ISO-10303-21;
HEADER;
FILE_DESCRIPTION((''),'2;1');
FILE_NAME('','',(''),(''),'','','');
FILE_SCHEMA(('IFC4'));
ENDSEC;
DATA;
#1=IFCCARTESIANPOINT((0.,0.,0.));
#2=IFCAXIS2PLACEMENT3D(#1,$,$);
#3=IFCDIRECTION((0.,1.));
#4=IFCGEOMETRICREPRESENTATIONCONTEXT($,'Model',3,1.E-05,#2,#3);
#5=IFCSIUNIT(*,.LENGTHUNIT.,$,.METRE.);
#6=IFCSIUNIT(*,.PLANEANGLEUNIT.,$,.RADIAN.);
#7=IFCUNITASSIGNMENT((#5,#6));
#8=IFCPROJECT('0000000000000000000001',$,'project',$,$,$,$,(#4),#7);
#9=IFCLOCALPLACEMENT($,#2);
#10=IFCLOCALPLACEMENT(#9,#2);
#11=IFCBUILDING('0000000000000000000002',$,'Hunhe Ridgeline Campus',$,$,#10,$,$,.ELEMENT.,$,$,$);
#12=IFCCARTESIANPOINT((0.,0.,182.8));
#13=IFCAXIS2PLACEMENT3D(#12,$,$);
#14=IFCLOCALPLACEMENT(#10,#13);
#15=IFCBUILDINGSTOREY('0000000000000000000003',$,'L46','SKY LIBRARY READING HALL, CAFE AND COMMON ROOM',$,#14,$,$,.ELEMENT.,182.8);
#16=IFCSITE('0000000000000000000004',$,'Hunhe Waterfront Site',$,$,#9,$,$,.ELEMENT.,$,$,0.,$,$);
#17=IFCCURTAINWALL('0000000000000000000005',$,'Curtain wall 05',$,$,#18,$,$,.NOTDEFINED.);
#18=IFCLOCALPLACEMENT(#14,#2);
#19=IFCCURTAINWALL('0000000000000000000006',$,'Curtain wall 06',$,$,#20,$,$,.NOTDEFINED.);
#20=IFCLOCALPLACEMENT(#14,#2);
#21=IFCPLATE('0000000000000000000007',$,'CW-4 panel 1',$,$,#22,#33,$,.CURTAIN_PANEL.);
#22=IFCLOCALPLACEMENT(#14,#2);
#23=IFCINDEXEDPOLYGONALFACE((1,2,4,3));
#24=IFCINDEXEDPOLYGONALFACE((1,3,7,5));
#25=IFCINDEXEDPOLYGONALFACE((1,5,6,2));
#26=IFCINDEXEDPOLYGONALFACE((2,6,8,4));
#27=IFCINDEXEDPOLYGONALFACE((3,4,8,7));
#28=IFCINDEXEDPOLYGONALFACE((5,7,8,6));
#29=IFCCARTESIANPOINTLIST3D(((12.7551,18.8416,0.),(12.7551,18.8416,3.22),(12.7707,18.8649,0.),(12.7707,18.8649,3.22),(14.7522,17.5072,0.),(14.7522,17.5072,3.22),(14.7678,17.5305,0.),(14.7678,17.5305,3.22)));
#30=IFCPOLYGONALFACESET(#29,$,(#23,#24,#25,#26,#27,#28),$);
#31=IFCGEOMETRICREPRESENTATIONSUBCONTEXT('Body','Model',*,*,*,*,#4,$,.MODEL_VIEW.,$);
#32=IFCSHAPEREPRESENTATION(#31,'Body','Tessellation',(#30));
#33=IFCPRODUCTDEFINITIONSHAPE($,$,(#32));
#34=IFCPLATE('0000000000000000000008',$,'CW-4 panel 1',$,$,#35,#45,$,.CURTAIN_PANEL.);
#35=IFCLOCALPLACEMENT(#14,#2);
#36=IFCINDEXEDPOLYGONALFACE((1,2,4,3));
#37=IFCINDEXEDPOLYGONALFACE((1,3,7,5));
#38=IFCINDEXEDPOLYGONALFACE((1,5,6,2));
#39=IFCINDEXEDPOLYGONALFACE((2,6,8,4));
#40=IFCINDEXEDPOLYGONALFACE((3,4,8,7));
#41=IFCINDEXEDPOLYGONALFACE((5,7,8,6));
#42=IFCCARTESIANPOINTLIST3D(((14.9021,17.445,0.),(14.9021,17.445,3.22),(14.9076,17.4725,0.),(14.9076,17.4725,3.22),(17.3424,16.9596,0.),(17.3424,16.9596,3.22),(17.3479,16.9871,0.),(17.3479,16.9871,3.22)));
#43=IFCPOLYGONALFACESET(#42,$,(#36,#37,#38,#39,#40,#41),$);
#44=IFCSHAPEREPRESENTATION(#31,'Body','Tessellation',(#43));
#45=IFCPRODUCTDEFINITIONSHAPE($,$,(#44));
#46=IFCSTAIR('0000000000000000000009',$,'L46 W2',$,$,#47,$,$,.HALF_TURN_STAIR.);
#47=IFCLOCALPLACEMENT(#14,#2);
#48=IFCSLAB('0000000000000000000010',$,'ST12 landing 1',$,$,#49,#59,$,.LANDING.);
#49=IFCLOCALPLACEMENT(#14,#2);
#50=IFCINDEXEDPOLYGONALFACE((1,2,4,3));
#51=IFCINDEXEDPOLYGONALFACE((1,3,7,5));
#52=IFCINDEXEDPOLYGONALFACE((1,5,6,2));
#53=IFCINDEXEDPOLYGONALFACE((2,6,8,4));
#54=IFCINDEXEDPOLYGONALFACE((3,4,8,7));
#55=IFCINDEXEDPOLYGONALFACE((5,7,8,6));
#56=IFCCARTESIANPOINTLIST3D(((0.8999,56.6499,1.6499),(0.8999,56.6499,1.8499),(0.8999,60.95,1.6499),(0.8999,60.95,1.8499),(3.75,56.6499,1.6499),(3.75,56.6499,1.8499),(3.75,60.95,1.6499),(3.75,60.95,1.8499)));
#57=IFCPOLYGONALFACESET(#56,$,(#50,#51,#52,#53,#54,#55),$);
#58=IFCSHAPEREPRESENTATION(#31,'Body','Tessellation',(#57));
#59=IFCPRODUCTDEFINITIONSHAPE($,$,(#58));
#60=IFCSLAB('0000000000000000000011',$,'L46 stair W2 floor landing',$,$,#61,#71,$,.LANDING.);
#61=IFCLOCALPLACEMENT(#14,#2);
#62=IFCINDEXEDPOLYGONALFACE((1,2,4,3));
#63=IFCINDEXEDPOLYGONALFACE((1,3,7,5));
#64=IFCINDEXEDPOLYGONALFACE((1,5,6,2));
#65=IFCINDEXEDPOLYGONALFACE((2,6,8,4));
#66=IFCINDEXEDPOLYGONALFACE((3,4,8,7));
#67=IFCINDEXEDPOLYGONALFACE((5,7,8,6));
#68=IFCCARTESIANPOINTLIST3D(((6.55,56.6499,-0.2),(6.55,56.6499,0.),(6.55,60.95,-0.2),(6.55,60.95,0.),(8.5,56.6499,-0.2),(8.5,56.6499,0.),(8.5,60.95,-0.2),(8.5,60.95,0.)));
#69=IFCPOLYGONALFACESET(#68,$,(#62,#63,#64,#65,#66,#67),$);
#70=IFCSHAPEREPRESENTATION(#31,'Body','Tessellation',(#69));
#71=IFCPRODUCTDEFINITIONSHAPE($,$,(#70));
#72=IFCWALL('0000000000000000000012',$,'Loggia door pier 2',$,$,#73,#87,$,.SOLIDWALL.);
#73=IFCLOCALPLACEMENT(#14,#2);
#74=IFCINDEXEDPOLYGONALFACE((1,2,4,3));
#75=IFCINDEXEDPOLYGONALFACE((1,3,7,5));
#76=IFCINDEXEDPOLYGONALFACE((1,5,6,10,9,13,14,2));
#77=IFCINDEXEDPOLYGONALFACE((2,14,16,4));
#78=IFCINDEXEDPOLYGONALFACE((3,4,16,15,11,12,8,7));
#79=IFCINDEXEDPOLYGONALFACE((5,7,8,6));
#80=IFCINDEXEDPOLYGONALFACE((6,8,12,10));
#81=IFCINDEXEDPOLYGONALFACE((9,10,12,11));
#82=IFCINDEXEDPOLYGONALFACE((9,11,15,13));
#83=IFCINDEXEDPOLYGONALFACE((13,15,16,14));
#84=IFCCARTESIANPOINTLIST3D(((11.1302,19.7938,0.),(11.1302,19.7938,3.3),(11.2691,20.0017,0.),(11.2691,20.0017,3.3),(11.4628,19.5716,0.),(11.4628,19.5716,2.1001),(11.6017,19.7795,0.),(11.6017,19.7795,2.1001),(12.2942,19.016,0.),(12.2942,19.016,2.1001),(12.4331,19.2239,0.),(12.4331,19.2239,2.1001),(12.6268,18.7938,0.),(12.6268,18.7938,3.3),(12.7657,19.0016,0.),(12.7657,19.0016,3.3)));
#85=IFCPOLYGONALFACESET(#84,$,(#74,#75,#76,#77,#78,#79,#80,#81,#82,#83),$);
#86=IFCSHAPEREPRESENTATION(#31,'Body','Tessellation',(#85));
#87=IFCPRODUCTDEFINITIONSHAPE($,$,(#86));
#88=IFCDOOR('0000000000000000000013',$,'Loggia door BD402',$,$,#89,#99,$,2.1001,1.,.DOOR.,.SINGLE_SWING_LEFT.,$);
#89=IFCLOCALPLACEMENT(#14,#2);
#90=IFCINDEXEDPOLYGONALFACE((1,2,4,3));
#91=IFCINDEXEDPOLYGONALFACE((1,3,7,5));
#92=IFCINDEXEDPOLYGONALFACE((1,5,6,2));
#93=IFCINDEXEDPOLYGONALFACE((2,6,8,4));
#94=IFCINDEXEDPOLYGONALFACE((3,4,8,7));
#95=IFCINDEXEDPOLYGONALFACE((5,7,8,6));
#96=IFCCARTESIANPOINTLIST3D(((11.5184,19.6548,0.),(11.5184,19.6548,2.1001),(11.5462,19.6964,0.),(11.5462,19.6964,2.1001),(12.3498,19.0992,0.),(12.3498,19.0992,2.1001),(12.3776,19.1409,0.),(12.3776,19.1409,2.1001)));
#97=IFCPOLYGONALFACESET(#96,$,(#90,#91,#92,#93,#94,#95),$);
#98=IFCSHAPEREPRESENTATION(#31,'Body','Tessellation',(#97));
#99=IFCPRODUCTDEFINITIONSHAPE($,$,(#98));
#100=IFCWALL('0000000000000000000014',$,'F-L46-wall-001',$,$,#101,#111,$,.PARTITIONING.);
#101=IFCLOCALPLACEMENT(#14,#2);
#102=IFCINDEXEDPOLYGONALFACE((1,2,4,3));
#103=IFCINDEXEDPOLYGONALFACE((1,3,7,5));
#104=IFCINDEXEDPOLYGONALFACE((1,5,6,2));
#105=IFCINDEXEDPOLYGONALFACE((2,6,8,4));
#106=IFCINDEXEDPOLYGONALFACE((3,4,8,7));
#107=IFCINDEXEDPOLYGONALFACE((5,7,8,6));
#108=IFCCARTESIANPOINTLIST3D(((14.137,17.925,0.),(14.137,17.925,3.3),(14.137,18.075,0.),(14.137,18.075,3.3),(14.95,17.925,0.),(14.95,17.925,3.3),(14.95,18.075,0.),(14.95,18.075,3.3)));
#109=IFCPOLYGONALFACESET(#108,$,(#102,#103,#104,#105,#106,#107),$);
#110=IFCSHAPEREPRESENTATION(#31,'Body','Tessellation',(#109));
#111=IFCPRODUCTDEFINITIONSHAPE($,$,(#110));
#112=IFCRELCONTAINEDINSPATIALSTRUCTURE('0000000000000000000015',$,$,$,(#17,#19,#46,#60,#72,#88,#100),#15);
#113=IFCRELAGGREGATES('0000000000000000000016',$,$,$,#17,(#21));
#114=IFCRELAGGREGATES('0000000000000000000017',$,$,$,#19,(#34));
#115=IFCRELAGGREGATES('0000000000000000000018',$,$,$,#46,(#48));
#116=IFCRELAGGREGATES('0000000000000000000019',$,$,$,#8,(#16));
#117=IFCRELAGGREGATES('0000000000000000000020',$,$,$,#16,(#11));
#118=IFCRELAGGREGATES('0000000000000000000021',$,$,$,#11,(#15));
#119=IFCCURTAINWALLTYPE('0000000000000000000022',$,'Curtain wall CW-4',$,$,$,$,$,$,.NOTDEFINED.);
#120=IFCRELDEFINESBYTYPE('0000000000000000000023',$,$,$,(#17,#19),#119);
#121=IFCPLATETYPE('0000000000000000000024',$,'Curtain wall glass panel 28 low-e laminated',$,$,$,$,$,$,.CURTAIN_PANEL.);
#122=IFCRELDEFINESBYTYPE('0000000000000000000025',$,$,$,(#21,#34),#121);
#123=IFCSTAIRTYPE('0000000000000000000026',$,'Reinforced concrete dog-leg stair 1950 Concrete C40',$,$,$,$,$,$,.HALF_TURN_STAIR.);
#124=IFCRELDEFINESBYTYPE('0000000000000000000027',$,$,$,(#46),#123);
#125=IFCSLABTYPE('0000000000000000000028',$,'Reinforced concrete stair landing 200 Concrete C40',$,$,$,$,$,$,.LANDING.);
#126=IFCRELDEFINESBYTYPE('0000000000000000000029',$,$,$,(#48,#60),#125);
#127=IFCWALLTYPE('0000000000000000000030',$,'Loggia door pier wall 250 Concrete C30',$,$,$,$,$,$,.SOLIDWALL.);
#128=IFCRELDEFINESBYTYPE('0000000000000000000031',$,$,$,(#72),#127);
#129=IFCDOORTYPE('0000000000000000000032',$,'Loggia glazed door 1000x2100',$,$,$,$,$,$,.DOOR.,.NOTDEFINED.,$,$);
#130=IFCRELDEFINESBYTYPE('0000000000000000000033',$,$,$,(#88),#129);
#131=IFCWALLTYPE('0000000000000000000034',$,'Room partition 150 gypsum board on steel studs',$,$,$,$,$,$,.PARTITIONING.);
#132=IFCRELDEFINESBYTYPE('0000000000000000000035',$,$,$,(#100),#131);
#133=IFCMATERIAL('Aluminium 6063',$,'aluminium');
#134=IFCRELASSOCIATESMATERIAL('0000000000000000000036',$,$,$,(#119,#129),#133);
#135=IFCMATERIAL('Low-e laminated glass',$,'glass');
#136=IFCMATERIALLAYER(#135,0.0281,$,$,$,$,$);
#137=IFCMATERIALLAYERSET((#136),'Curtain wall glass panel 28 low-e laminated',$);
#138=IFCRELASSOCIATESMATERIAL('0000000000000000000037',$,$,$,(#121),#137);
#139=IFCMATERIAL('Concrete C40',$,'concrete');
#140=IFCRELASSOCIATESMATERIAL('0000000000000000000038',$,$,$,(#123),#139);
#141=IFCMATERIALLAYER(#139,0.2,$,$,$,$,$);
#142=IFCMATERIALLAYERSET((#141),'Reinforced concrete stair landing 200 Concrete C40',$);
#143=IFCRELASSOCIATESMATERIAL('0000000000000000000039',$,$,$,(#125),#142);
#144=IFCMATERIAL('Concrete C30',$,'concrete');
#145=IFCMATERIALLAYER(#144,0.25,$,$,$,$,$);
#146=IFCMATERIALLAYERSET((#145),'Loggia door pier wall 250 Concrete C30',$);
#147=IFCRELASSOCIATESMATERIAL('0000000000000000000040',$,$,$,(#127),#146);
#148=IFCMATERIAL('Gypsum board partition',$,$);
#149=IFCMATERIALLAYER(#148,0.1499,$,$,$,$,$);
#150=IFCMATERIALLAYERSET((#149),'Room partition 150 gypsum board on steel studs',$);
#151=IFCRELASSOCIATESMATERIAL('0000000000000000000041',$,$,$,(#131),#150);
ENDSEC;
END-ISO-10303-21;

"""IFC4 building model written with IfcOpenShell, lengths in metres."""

from ifc_helpers import new_model, si_unit, direction, frame, frame_2d, origin, origin_2d, place, context, subcontext, project, spatial, polyline, rectangle, outline, extrude, material, layer, layer_set, type_object, element, fill, aggregate, save


model = new_model("IFC4")

# Units and contexts
model_context = context("Model", 3, precision=1e-05, world=origin(), true_north=direction((0.0, 1.0)))
body_context = subcontext(model_context, "Body", "Model", "MODEL_VIEW")
ifc_project = project(units=[si_unit("LENGTHUNIT", "METRE"), si_unit("PLANEANGLEUNIT", "RADIAN")], contexts=[model_context])

# Site, building, storey
site_placement = place(None, origin())
site = spatial("IfcSite", under=ifc_project, at=site_placement, Name="Hunhe Waterfront Site", CompositionType="ELEMENT", RefElevation=0.0)
building_placement = place(site_placement, origin())
building = spatial("IfcBuilding", under=site, at=building_placement, Name="Hunhe Ridgeline Campus", CompositionType="ELEMENT")
storey_placement = place(building_placement, frame((0.0, 0.0, 182.8)))
storey = spatial("IfcBuildingStorey", under=building, at=storey_placement, Name="L46", Description="SKY LIBRARY READING HALL, CAFE AND COMMON ROOM", CompositionType="ELEMENT", Elevation=182.8)

# Shared definitions
ifc_material_1 = material(Name="Aluminium 6063", Category="aluminium")
curtain_wall_type = type_object("IfcCurtainWallType", Name="Curtain wall CW-4", PredefinedType="NOTDEFINED", material=ifc_material_1)

# Curtain walls
curtain_wall_1_placement = place(storey_placement, origin())
curtain_wall_1 = element("IfcCurtainWall", 1, at=curtain_wall_1_placement, inside=storey, type_object=curtain_wall_type, Name="Curtain wall 05", PredefinedType="NOTDEFINED")
curtain_wall_2_placement = place(storey_placement, origin())
curtain_wall_2 = element("IfcCurtainWall", 2, at=curtain_wall_2_placement, inside=storey, type_object=curtain_wall_type, Name="Curtain wall 06", PredefinedType="NOTDEFINED")

# Plates
ifc_material_2 = material(Name="Low-e laminated glass", Category="glass")
ifc_layer_1 = layer(ifc_material_2, 0.0281)
ifc_layer_set_1 = layer_set([ifc_layer_1], Name="Curtain wall glass panel 28 low-e laminated")
plate_type = type_object("IfcPlateType", Name="Curtain wall glass panel 28 low-e laminated", PredefinedType="CURTAIN_PANEL", material=ifc_layer_set_1)
plate_1_placement = place(storey_placement, frame((13.7615, 18.186, 0.0), z_axis=(0.0, 0.0, 1.0), x_axis=(0.83147, -0.55557, 0.0)))
plate_1 = element("IfcPlate", 3, at=plate_1_placement, type_object=plate_type, Name="CW-4 panel 1", PredefinedType="CURTAIN_PANEL", context=body_context, shape_type="SweptSolid", body=[
    extrude(rectangle(XDim=2.4019, YDim=0.0281, at=origin_2d()), origin(), (0.0, 0.0, 1.0), 3.22),
])
aggregate(curtain_wall_1, [plate_1])
plate_2_placement = place(storey_placement, frame((16.125, 17.2161, 0.0), z_axis=(0.0, 0.0, 1.0), x_axis=(0.980785, -0.19509, 0.0)))
plate_2 = element("IfcPlate", 4, at=plate_2_placement, type_object=plate_type, Name="CW-4 panel 1", PredefinedType="CURTAIN_PANEL", context=body_context, shape_type="SweptSolid", body=[
    extrude(rectangle(XDim=2.488, YDim=0.0281, at=origin_2d()), origin(), (0.0, 0.0, 1.0), 3.22),
])
aggregate(curtain_wall_2, [plate_2])

# Stair, slab
ifc_material_3 = material(Name="Concrete C40", Category="concrete")
stair_type = type_object("IfcStairType", Name="Reinforced concrete dog-leg stair 1950 Concrete C40", PredefinedType="HALF_TURN_STAIR", material=ifc_material_3)
stair_placement = place(storey_placement, origin())
stair = element("IfcStair", 5, at=stair_placement, inside=storey, type_object=stair_type, Name="L46 W2", PredefinedType="HALF_TURN_STAIR")
ifc_layer_2 = layer(ifc_material_3, 0.2)
ifc_layer_set_2 = layer_set([ifc_layer_2], Name="Reinforced concrete stair landing 200 Concrete C40")
slab_type = type_object("IfcSlabType", Name="Reinforced concrete stair landing 200 Concrete C40", PredefinedType="LANDING", material=ifc_layer_set_2)
slab_1_placement = place(storey_placement, frame((0.0, 0.0, 1.6499)))
slab_1 = element("IfcSlab", 6, at=slab_1_placement, type_object=slab_type, Name="ST12 landing 1", PredefinedType="LANDING", context=body_context, shape_type="SweptSolid", body=[
    extrude(outline(polyline([(3.75, 60.95), (0.8999, 60.95), (0.8999, 56.6499), (3.75, 56.6499), (3.75, 60.95)])), origin(), (0.0, 0.0, 1.0), 0.2),
])
aggregate(stair, [slab_1])

# Slab
slab_2_placement = place(storey_placement, frame((0.0, 0.0, -0.2)))
element("IfcSlab", 7, at=slab_2_placement, inside=storey, type_object=slab_type, Name="L46 stair W2 floor landing", PredefinedType="LANDING", context=body_context, shape_type="SweptSolid", body=[
    extrude(outline(polyline([(8.5, 60.95), (6.55, 60.95), (6.55, 56.6499), (8.5, 56.6499), (8.5, 60.95)])), origin(), (0.0, 0.0, 1.0), 0.2),
])

# Shared definitions
ifc_material_4 = material(Name="Gypsum board partition")

# Wall, opening, door
ifc_material_5 = material(Name="Concrete C30", Category="concrete")
ifc_layer_3 = layer(ifc_material_5, 0.25)
ifc_layer_set_3 = layer_set([ifc_layer_3], Name="Loggia door pier wall 250 Concrete C30")
wall_type_1 = type_object("IfcWallType", Name="Loggia door pier wall 250 Concrete C30", PredefinedType="SOLIDWALL", material=ifc_layer_set_3)
wall_1_placement = place(storey_placement, frame((11.1997, 19.8977, 0.0), z_axis=(0.0, 0.0, 1.0), x_axis=(0.831466, -0.555576, 0.0)))
wall_1 = element("IfcWall", 8, at=wall_1_placement, inside=storey, type_object=wall_type_1, Name="Loggia door pier 2", PredefinedType="SOLIDWALL", context=body_context, shape_type="SweptSolid", body=[
    extrude(rectangle(XDim=1.8, YDim=0.25, at=frame_2d((0.8999, 0.0))), origin(), (0.0, 0.0, 1.0), 3.3),
])
opening_1_placement = place(wall_1_placement, frame((0.3999, 0.0, 0.0)))
opening_1 = element("IfcOpeningElement", 9, at=opening_1_placement, cuts=wall_1, PredefinedType="OPENING", context=body_context, shape_type="SweptSolid", body=[
    extrude(rectangle(XDim=1.0, YDim=2.1001, at=frame_2d((0.5, 1.05))), frame((0.0, 0.125, 0.0), z_axis=(0.0, -1.0, 0.0), x_axis=(1.0, 0.0, 0.0)), (0.0, 0.0, 1.0), 0.25),
])
door_type_1 = type_object("IfcDoorType", Name="Loggia glazed door 1000x2100", OperationType="NOTDEFINED", PredefinedType="DOOR", material=ifc_material_1)
door_1_placement = place(opening_1_placement, frame((1.0, 0.0, 0.0), z_axis=(0.0, 0.0, 1.0), x_axis=(-1.0, 0.0, 0.0)))
door_1 = element("IfcDoor", 10, at=door_1_placement, inside=storey, type_object=door_type_1, Name="Loggia door BD402", OperationType="SINGLE_SWING_LEFT", OverallHeight=2.1001, OverallWidth=1.0, PredefinedType="DOOR", context=body_context, shape_type="SweptSolid", body=[
    extrude(rectangle(XDim=1.0, YDim=2.1001, at=frame_2d((0.5, 1.05))), frame((0.0, 0.0249, 0.0), z_axis=(0.0, -1.0, 0.0), x_axis=(1.0, 0.0, 0.0)), (0.0, 0.0, 1.0), 0.05),
])
fill(opening_1, door_1)

# Wall
ifc_layer_4 = layer(ifc_material_4, 0.1499)
ifc_layer_set_4 = layer_set([ifc_layer_4], Name="Room partition 150 gypsum board on steel studs")
wall_type_2 = type_object("IfcWallType", Name="Room partition 150 gypsum board on steel studs", PredefinedType="PARTITIONING", material=ifc_layer_set_4)
wall_2_placement = place(storey_placement, frame((14.137, 18.0, 0.0), z_axis=(0.0, 0.0, 1.0), x_axis=(1.0, 0.0, 0.0)))
element("IfcWall", 11, at=wall_2_placement, inside=storey, type_object=wall_type_2, Name="F-L46-wall-001", PredefinedType="PARTITIONING", context=body_context, shape_type="SweptSolid", body=[
    extrude(rectangle(XDim=0.813, YDim=0.1499, at=frame_2d((0.4065, 0.0))), origin(), (0.0, 0.0, 1.0), 3.3),
])

save(model, "model.ifc")
